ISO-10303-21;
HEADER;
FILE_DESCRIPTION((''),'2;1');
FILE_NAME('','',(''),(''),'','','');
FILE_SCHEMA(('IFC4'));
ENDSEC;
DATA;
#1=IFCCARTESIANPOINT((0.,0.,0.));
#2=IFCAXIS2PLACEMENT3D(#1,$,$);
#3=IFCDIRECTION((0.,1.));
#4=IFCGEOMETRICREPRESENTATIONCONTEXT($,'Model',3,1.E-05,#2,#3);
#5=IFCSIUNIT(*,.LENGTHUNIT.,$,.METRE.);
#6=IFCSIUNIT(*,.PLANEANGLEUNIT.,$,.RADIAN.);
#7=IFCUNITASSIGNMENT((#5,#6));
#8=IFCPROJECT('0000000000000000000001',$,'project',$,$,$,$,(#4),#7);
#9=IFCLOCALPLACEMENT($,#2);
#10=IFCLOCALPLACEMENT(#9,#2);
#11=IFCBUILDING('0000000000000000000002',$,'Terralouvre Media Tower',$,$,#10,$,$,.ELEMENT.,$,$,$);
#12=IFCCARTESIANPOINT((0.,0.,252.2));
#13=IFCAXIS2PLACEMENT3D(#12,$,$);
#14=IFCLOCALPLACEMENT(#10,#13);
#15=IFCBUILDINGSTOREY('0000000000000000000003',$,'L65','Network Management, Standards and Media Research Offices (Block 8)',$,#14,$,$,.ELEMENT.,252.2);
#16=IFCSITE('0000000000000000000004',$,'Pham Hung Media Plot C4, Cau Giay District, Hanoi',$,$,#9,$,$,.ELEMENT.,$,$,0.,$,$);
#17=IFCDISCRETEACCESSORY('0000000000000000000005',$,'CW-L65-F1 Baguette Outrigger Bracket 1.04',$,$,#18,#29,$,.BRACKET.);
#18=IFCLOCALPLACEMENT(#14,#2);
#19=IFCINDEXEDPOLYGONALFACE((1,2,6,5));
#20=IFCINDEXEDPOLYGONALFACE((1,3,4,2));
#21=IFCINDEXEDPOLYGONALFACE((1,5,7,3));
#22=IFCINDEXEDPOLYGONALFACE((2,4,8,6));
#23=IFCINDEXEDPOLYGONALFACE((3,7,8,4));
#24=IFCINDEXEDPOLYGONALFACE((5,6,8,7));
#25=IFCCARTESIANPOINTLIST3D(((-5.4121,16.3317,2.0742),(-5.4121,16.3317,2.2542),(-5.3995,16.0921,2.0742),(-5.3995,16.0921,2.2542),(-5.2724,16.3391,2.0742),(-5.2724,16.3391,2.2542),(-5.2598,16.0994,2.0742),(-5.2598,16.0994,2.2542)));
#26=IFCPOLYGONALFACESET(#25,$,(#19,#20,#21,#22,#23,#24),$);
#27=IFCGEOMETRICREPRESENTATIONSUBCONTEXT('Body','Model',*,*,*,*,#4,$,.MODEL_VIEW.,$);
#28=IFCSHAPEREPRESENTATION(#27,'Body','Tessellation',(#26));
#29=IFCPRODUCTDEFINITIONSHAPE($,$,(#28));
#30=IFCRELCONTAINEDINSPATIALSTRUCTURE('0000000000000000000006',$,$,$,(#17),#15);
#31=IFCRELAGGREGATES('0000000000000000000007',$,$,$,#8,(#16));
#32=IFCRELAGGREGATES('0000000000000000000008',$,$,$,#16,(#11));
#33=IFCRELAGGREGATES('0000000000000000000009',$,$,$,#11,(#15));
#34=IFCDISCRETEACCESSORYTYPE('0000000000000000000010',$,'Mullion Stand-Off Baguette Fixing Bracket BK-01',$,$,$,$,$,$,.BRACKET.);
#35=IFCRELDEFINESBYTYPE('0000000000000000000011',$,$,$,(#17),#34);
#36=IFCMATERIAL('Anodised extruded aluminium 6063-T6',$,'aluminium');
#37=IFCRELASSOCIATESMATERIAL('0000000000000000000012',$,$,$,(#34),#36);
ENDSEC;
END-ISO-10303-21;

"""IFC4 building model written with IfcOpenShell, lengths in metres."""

from ifc_helpers import new_model, si_unit, direction, frame, origin, origin_2d, place, context, subcontext, project, spatial, rectangle, extrude, material, type_object, element, save


model = new_model("IFC4")

# Units and contexts
model_context = context("Model", 3, precision=1e-05, world=origin(), true_north=direction((0.0, 1.0)))
body_context = subcontext(model_context, "Body", "Model", "MODEL_VIEW")
ifc_project = project(units=[si_unit("LENGTHUNIT", "METRE"), si_unit("PLANEANGLEUNIT", "RADIAN")], contexts=[model_context])

# Site, building, storey
site_placement = place(None, origin())
site = spatial("IfcSite", under=ifc_project, at=site_placement, Name="Pham Hung Media Plot C4, Cau Giay District, Hanoi", CompositionType="ELEMENT", RefElevation=0.0)
building_placement = place(site_placement, origin())
building = spatial("IfcBuilding", under=site, at=building_placement, Name="Terralouvre Media Tower", CompositionType="ELEMENT")
storey_placement = place(building_placement, frame((0.0, 0.0, 252.2)))
storey = spatial("IfcBuildingStorey", under=building, at=storey_placement, Name="L65", Description="Network Management, Standards and Media Research Offices (Block 8)", CompositionType="ELEMENT", Elevation=252.2)

# Discrete accessory
ifc_material_1 = material(Name="Anodised extruded aluminium 6063-T6", Category="aluminium")
discrete_accessory_type = type_object("IfcDiscreteAccessoryType", Name="Mullion Stand-Off Baguette Fixing Bracket BK-01", PredefinedType="BRACKET", material=ifc_material_1)
discrete_accessory_placement = place(storey_placement, frame((-5.3359, 16.2156, 2.0742), z_axis=(0.0, 0.0, 1.0), x_axis=(-0.99863, -0.052336, 0.0)))
element("IfcDiscreteAccessory", 1, at=discrete_accessory_placement, inside=storey, type_object=discrete_accessory_type, Name="CW-L65-F1 Baguette Outrigger Bracket 1.04", PredefinedType="BRACKET", context=body_context, shape_type="SweptSolid", body=[
    extrude(rectangle(XDim=0.1399, YDim=0.24, at=origin_2d()), origin(), (0.0, 0.0, 1.0), 0.1799),
])

save(model, "model.ifc")
